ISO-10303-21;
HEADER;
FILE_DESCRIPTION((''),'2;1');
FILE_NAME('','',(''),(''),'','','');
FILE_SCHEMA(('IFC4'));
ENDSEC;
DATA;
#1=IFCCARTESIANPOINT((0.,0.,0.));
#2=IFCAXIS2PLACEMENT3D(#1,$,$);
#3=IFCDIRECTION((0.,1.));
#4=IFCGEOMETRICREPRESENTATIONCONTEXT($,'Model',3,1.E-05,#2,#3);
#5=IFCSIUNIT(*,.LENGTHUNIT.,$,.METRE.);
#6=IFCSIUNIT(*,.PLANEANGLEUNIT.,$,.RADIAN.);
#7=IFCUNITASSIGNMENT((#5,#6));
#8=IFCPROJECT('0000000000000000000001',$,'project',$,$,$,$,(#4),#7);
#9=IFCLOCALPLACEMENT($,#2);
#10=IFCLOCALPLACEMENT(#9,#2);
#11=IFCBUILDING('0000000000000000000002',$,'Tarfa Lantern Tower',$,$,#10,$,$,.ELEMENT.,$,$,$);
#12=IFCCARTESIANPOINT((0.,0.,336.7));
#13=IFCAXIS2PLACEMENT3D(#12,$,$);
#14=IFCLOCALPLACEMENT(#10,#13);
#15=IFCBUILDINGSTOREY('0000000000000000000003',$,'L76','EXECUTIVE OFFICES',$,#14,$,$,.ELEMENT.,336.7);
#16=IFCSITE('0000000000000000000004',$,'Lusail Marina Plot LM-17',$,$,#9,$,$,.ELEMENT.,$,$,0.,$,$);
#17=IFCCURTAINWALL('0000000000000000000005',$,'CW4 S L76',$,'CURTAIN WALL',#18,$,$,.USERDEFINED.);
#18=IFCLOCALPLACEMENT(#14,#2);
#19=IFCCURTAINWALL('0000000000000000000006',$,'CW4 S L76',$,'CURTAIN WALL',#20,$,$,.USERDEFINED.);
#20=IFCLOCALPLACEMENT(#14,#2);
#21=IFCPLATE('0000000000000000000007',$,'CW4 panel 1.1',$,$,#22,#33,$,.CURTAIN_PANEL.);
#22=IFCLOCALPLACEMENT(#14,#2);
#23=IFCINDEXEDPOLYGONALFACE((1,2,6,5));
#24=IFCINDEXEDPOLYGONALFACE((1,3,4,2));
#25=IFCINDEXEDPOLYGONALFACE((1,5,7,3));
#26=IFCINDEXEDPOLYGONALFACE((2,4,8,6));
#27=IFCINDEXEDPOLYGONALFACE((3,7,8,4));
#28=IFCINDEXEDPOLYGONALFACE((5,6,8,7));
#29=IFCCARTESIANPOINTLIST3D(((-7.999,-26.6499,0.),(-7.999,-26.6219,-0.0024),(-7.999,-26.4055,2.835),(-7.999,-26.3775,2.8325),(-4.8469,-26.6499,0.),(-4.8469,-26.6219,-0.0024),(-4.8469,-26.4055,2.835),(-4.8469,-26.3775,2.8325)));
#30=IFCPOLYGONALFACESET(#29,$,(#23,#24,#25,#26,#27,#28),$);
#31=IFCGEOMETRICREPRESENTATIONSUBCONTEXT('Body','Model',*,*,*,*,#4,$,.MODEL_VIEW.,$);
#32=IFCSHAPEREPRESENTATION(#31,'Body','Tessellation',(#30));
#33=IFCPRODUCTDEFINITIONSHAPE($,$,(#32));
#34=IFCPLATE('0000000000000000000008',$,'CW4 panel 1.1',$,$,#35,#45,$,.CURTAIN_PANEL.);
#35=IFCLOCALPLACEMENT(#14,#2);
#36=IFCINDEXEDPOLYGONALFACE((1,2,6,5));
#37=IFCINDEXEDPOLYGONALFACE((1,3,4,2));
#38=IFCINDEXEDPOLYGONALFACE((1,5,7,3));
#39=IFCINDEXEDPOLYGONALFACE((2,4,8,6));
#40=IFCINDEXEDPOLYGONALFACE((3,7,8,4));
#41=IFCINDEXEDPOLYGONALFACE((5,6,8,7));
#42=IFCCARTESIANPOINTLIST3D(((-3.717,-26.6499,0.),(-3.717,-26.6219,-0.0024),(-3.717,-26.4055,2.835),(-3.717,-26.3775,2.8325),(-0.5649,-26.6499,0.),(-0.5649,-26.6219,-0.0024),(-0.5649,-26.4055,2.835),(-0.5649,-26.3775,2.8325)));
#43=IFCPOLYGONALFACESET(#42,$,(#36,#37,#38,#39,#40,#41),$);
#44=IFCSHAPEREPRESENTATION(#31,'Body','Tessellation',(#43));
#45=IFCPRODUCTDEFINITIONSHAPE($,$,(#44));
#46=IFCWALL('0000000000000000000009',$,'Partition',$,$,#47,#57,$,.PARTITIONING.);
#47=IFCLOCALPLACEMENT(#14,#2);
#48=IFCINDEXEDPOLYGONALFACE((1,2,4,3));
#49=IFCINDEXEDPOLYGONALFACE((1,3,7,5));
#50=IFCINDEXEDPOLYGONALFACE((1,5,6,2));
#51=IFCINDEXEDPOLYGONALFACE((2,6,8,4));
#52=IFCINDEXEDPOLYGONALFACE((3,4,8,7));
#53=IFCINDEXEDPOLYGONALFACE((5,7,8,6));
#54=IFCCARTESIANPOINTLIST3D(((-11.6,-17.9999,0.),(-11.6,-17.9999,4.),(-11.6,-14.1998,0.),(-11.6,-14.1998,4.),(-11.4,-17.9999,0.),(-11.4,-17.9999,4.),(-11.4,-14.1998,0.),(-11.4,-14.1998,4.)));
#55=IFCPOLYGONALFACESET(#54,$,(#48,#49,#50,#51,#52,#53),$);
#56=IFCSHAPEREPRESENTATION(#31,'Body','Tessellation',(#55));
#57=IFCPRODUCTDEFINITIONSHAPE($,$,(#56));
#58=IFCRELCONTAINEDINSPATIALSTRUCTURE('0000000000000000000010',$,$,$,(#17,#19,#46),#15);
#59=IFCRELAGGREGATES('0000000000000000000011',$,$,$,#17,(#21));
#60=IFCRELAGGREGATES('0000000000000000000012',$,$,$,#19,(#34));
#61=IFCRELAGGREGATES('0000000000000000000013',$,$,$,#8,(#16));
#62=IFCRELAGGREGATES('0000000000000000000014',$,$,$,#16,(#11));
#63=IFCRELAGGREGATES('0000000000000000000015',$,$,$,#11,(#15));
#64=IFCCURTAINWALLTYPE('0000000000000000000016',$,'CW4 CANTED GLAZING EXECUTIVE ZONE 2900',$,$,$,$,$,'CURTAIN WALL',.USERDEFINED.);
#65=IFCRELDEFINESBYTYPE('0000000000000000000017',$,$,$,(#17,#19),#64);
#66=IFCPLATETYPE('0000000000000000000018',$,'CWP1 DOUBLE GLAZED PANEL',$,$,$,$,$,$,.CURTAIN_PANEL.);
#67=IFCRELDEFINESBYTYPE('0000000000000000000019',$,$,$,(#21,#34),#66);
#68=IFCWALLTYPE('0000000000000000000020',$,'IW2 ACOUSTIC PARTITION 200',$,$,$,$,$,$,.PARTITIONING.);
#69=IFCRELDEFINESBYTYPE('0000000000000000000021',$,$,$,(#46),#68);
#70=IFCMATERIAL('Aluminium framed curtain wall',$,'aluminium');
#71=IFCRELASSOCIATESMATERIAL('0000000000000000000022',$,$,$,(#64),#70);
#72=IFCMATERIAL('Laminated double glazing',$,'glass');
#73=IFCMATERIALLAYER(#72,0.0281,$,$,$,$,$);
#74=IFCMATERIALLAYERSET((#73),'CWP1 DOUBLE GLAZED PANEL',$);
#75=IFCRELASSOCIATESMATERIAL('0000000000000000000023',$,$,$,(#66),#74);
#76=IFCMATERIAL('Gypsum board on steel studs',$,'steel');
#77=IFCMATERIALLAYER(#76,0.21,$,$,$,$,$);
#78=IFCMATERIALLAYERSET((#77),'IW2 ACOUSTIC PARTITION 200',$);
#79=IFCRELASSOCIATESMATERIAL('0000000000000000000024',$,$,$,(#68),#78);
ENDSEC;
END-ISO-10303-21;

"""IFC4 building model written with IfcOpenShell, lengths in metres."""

from ifc_helpers import new_model, si_unit, direction, frame, frame_2d, origin, place, context, subcontext, project, spatial, polyline, rectangle, outline, extrude, material, layer, layer_set, type_object, element, aggregate, save


model = new_model("IFC4")

# Units and contexts
model_context = context("Model", 3, precision=1e-05, world=origin(), true_north=direction((0.0, 1.0)))
body_context = subcontext(model_context, "Body", "Model", "MODEL_VIEW")
ifc_project = project(units=[si_unit("LENGTHUNIT", "METRE"), si_unit("PLANEANGLEUNIT", "RADIAN")], contexts=[model_context])

# Site, building, storey
site_placement = place(None, origin())
site = spatial("IfcSite", under=ifc_project, at=site_placement, Name="Lusail Marina Plot LM-17", CompositionType="ELEMENT", RefElevation=0.0)
building_placement = place(site_placement, origin())
building = spatial("IfcBuilding", under=site, at=building_placement, Name="Tarfa Lantern Tower", CompositionType="ELEMENT")
storey_placement = place(building_placement, frame((0.0, 0.0, 336.7)))
storey = spatial("IfcBuildingStorey", under=building, at=storey_placement, Name="L76", Description="EXECUTIVE OFFICES", CompositionType="ELEMENT", Elevation=336.7)

# Shared definitions
ifc_material_1 = material(Name="Aluminium framed curtain wall", Category="aluminium")
curtain_wall_type = type_object("IfcCurtainWallType", Name="CW4 CANTED GLAZING EXECUTIVE ZONE 2900", ElementType="CURTAIN WALL", PredefinedType="USERDEFINED", material=ifc_material_1)

# Curtain walls
curtain_wall_1_placement = place(storey_placement, origin())
curtain_wall_1 = element("IfcCurtainWall", 1, at=curtain_wall_1_placement, inside=storey, type_object=curtain_wall_type, Name="CW4 S L76", ObjectType="CURTAIN WALL", PredefinedType="USERDEFINED")
curtain_wall_2_placement = place(storey_placement, origin())
curtain_wall_2 = element("IfcCurtainWall", 2, at=curtain_wall_2_placement, inside=storey, type_object=curtain_wall_type, Name="CW4 S L76", ObjectType="CURTAIN WALL", PredefinedType="USERDEFINED")

# Plates
ifc_material_2 = material(Name="Laminated double glazing", Category="glass")
ifc_layer_1 = layer(ifc_material_2, 0.0281)
ifc_layer_set_1 = layer_set([ifc_layer_1], Name="CWP1 DOUBLE GLAZED PANEL")
plate_type = type_object("IfcPlateType", Name="CWP1 DOUBLE GLAZED PANEL", PredefinedType="CURTAIN_PANEL", material=ifc_layer_set_1)
plate_1_placement = place(storey_placement, frame((-7.999, -26.6499, 0.0), z_axis=(0.0, -0.996305, 0.085885), x_axis=(1.0, 0.0, 0.0)))
plate_1 = element("IfcPlate", 3, at=plate_1_placement, type_object=plate_type, Name="CW4 panel 1.1", PredefinedType="CURTAIN_PANEL", context=body_context, shape_type="SweptSolid", body=[
    extrude(outline(polyline([(0.0, 0.0), (3.1521, 0.0), (3.1521, 2.8455), (0.0, 2.8455), (0.0, 0.0)])), origin(), (0.0, 0.0, -1.0), 0.0281),
])
aggregate(curtain_wall_1, [plate_1])
plate_2_placement = place(storey_placement, frame((-3.717, -26.6499, 0.0), z_axis=(0.0, -0.996305, 0.085885), x_axis=(1.0, 0.0, 0.0)))
plate_2 = element("IfcPlate", 4, at=plate_2_placement, type_object=plate_type, Name="CW4 panel 1.1", PredefinedType="CURTAIN_PANEL", context=body_context, shape_type="SweptSolid", body=[
    extrude(outline(polyline([(0.0, 0.0), (3.1521, 0.0), (3.1521, 2.8455), (0.0, 2.8455), (0.0, 0.0)])), origin(), (0.0, 0.0, -1.0), 0.0281),
])
aggregate(curtain_wall_2, [plate_2])

# Wall
ifc_material_3 = material(Name="Gypsum board on steel studs", Category="steel")
ifc_layer_2 = layer(ifc_material_3, 0.21)
ifc_layer_set_2 = layer_set([ifc_layer_2], Name="IW2 ACOUSTIC PARTITION 200")
wall_type = type_object("IfcWallType", Name="IW2 ACOUSTIC PARTITION 200", PredefinedType="PARTITIONING", material=ifc_layer_set_2)
wall_placement = place(storey_placement, frame((-11.5, -14.2, 0.0), z_axis=(0.0, 0.0, 1.0), x_axis=(0.0, -1.0, 0.0)))
element("IfcWall", 5, at=wall_placement, inside=storey, type_object=wall_type, Name="Partition", PredefinedType="PARTITIONING", context=body_context, shape_type="SweptSolid", body=[
    extrude(rectangle(XDim=3.8, YDim=0.2, at=frame_2d((1.8999, 0.0))), origin(), (0.0, 0.0, 1.0), 4.0),
])

save(model, "model.ifc")
